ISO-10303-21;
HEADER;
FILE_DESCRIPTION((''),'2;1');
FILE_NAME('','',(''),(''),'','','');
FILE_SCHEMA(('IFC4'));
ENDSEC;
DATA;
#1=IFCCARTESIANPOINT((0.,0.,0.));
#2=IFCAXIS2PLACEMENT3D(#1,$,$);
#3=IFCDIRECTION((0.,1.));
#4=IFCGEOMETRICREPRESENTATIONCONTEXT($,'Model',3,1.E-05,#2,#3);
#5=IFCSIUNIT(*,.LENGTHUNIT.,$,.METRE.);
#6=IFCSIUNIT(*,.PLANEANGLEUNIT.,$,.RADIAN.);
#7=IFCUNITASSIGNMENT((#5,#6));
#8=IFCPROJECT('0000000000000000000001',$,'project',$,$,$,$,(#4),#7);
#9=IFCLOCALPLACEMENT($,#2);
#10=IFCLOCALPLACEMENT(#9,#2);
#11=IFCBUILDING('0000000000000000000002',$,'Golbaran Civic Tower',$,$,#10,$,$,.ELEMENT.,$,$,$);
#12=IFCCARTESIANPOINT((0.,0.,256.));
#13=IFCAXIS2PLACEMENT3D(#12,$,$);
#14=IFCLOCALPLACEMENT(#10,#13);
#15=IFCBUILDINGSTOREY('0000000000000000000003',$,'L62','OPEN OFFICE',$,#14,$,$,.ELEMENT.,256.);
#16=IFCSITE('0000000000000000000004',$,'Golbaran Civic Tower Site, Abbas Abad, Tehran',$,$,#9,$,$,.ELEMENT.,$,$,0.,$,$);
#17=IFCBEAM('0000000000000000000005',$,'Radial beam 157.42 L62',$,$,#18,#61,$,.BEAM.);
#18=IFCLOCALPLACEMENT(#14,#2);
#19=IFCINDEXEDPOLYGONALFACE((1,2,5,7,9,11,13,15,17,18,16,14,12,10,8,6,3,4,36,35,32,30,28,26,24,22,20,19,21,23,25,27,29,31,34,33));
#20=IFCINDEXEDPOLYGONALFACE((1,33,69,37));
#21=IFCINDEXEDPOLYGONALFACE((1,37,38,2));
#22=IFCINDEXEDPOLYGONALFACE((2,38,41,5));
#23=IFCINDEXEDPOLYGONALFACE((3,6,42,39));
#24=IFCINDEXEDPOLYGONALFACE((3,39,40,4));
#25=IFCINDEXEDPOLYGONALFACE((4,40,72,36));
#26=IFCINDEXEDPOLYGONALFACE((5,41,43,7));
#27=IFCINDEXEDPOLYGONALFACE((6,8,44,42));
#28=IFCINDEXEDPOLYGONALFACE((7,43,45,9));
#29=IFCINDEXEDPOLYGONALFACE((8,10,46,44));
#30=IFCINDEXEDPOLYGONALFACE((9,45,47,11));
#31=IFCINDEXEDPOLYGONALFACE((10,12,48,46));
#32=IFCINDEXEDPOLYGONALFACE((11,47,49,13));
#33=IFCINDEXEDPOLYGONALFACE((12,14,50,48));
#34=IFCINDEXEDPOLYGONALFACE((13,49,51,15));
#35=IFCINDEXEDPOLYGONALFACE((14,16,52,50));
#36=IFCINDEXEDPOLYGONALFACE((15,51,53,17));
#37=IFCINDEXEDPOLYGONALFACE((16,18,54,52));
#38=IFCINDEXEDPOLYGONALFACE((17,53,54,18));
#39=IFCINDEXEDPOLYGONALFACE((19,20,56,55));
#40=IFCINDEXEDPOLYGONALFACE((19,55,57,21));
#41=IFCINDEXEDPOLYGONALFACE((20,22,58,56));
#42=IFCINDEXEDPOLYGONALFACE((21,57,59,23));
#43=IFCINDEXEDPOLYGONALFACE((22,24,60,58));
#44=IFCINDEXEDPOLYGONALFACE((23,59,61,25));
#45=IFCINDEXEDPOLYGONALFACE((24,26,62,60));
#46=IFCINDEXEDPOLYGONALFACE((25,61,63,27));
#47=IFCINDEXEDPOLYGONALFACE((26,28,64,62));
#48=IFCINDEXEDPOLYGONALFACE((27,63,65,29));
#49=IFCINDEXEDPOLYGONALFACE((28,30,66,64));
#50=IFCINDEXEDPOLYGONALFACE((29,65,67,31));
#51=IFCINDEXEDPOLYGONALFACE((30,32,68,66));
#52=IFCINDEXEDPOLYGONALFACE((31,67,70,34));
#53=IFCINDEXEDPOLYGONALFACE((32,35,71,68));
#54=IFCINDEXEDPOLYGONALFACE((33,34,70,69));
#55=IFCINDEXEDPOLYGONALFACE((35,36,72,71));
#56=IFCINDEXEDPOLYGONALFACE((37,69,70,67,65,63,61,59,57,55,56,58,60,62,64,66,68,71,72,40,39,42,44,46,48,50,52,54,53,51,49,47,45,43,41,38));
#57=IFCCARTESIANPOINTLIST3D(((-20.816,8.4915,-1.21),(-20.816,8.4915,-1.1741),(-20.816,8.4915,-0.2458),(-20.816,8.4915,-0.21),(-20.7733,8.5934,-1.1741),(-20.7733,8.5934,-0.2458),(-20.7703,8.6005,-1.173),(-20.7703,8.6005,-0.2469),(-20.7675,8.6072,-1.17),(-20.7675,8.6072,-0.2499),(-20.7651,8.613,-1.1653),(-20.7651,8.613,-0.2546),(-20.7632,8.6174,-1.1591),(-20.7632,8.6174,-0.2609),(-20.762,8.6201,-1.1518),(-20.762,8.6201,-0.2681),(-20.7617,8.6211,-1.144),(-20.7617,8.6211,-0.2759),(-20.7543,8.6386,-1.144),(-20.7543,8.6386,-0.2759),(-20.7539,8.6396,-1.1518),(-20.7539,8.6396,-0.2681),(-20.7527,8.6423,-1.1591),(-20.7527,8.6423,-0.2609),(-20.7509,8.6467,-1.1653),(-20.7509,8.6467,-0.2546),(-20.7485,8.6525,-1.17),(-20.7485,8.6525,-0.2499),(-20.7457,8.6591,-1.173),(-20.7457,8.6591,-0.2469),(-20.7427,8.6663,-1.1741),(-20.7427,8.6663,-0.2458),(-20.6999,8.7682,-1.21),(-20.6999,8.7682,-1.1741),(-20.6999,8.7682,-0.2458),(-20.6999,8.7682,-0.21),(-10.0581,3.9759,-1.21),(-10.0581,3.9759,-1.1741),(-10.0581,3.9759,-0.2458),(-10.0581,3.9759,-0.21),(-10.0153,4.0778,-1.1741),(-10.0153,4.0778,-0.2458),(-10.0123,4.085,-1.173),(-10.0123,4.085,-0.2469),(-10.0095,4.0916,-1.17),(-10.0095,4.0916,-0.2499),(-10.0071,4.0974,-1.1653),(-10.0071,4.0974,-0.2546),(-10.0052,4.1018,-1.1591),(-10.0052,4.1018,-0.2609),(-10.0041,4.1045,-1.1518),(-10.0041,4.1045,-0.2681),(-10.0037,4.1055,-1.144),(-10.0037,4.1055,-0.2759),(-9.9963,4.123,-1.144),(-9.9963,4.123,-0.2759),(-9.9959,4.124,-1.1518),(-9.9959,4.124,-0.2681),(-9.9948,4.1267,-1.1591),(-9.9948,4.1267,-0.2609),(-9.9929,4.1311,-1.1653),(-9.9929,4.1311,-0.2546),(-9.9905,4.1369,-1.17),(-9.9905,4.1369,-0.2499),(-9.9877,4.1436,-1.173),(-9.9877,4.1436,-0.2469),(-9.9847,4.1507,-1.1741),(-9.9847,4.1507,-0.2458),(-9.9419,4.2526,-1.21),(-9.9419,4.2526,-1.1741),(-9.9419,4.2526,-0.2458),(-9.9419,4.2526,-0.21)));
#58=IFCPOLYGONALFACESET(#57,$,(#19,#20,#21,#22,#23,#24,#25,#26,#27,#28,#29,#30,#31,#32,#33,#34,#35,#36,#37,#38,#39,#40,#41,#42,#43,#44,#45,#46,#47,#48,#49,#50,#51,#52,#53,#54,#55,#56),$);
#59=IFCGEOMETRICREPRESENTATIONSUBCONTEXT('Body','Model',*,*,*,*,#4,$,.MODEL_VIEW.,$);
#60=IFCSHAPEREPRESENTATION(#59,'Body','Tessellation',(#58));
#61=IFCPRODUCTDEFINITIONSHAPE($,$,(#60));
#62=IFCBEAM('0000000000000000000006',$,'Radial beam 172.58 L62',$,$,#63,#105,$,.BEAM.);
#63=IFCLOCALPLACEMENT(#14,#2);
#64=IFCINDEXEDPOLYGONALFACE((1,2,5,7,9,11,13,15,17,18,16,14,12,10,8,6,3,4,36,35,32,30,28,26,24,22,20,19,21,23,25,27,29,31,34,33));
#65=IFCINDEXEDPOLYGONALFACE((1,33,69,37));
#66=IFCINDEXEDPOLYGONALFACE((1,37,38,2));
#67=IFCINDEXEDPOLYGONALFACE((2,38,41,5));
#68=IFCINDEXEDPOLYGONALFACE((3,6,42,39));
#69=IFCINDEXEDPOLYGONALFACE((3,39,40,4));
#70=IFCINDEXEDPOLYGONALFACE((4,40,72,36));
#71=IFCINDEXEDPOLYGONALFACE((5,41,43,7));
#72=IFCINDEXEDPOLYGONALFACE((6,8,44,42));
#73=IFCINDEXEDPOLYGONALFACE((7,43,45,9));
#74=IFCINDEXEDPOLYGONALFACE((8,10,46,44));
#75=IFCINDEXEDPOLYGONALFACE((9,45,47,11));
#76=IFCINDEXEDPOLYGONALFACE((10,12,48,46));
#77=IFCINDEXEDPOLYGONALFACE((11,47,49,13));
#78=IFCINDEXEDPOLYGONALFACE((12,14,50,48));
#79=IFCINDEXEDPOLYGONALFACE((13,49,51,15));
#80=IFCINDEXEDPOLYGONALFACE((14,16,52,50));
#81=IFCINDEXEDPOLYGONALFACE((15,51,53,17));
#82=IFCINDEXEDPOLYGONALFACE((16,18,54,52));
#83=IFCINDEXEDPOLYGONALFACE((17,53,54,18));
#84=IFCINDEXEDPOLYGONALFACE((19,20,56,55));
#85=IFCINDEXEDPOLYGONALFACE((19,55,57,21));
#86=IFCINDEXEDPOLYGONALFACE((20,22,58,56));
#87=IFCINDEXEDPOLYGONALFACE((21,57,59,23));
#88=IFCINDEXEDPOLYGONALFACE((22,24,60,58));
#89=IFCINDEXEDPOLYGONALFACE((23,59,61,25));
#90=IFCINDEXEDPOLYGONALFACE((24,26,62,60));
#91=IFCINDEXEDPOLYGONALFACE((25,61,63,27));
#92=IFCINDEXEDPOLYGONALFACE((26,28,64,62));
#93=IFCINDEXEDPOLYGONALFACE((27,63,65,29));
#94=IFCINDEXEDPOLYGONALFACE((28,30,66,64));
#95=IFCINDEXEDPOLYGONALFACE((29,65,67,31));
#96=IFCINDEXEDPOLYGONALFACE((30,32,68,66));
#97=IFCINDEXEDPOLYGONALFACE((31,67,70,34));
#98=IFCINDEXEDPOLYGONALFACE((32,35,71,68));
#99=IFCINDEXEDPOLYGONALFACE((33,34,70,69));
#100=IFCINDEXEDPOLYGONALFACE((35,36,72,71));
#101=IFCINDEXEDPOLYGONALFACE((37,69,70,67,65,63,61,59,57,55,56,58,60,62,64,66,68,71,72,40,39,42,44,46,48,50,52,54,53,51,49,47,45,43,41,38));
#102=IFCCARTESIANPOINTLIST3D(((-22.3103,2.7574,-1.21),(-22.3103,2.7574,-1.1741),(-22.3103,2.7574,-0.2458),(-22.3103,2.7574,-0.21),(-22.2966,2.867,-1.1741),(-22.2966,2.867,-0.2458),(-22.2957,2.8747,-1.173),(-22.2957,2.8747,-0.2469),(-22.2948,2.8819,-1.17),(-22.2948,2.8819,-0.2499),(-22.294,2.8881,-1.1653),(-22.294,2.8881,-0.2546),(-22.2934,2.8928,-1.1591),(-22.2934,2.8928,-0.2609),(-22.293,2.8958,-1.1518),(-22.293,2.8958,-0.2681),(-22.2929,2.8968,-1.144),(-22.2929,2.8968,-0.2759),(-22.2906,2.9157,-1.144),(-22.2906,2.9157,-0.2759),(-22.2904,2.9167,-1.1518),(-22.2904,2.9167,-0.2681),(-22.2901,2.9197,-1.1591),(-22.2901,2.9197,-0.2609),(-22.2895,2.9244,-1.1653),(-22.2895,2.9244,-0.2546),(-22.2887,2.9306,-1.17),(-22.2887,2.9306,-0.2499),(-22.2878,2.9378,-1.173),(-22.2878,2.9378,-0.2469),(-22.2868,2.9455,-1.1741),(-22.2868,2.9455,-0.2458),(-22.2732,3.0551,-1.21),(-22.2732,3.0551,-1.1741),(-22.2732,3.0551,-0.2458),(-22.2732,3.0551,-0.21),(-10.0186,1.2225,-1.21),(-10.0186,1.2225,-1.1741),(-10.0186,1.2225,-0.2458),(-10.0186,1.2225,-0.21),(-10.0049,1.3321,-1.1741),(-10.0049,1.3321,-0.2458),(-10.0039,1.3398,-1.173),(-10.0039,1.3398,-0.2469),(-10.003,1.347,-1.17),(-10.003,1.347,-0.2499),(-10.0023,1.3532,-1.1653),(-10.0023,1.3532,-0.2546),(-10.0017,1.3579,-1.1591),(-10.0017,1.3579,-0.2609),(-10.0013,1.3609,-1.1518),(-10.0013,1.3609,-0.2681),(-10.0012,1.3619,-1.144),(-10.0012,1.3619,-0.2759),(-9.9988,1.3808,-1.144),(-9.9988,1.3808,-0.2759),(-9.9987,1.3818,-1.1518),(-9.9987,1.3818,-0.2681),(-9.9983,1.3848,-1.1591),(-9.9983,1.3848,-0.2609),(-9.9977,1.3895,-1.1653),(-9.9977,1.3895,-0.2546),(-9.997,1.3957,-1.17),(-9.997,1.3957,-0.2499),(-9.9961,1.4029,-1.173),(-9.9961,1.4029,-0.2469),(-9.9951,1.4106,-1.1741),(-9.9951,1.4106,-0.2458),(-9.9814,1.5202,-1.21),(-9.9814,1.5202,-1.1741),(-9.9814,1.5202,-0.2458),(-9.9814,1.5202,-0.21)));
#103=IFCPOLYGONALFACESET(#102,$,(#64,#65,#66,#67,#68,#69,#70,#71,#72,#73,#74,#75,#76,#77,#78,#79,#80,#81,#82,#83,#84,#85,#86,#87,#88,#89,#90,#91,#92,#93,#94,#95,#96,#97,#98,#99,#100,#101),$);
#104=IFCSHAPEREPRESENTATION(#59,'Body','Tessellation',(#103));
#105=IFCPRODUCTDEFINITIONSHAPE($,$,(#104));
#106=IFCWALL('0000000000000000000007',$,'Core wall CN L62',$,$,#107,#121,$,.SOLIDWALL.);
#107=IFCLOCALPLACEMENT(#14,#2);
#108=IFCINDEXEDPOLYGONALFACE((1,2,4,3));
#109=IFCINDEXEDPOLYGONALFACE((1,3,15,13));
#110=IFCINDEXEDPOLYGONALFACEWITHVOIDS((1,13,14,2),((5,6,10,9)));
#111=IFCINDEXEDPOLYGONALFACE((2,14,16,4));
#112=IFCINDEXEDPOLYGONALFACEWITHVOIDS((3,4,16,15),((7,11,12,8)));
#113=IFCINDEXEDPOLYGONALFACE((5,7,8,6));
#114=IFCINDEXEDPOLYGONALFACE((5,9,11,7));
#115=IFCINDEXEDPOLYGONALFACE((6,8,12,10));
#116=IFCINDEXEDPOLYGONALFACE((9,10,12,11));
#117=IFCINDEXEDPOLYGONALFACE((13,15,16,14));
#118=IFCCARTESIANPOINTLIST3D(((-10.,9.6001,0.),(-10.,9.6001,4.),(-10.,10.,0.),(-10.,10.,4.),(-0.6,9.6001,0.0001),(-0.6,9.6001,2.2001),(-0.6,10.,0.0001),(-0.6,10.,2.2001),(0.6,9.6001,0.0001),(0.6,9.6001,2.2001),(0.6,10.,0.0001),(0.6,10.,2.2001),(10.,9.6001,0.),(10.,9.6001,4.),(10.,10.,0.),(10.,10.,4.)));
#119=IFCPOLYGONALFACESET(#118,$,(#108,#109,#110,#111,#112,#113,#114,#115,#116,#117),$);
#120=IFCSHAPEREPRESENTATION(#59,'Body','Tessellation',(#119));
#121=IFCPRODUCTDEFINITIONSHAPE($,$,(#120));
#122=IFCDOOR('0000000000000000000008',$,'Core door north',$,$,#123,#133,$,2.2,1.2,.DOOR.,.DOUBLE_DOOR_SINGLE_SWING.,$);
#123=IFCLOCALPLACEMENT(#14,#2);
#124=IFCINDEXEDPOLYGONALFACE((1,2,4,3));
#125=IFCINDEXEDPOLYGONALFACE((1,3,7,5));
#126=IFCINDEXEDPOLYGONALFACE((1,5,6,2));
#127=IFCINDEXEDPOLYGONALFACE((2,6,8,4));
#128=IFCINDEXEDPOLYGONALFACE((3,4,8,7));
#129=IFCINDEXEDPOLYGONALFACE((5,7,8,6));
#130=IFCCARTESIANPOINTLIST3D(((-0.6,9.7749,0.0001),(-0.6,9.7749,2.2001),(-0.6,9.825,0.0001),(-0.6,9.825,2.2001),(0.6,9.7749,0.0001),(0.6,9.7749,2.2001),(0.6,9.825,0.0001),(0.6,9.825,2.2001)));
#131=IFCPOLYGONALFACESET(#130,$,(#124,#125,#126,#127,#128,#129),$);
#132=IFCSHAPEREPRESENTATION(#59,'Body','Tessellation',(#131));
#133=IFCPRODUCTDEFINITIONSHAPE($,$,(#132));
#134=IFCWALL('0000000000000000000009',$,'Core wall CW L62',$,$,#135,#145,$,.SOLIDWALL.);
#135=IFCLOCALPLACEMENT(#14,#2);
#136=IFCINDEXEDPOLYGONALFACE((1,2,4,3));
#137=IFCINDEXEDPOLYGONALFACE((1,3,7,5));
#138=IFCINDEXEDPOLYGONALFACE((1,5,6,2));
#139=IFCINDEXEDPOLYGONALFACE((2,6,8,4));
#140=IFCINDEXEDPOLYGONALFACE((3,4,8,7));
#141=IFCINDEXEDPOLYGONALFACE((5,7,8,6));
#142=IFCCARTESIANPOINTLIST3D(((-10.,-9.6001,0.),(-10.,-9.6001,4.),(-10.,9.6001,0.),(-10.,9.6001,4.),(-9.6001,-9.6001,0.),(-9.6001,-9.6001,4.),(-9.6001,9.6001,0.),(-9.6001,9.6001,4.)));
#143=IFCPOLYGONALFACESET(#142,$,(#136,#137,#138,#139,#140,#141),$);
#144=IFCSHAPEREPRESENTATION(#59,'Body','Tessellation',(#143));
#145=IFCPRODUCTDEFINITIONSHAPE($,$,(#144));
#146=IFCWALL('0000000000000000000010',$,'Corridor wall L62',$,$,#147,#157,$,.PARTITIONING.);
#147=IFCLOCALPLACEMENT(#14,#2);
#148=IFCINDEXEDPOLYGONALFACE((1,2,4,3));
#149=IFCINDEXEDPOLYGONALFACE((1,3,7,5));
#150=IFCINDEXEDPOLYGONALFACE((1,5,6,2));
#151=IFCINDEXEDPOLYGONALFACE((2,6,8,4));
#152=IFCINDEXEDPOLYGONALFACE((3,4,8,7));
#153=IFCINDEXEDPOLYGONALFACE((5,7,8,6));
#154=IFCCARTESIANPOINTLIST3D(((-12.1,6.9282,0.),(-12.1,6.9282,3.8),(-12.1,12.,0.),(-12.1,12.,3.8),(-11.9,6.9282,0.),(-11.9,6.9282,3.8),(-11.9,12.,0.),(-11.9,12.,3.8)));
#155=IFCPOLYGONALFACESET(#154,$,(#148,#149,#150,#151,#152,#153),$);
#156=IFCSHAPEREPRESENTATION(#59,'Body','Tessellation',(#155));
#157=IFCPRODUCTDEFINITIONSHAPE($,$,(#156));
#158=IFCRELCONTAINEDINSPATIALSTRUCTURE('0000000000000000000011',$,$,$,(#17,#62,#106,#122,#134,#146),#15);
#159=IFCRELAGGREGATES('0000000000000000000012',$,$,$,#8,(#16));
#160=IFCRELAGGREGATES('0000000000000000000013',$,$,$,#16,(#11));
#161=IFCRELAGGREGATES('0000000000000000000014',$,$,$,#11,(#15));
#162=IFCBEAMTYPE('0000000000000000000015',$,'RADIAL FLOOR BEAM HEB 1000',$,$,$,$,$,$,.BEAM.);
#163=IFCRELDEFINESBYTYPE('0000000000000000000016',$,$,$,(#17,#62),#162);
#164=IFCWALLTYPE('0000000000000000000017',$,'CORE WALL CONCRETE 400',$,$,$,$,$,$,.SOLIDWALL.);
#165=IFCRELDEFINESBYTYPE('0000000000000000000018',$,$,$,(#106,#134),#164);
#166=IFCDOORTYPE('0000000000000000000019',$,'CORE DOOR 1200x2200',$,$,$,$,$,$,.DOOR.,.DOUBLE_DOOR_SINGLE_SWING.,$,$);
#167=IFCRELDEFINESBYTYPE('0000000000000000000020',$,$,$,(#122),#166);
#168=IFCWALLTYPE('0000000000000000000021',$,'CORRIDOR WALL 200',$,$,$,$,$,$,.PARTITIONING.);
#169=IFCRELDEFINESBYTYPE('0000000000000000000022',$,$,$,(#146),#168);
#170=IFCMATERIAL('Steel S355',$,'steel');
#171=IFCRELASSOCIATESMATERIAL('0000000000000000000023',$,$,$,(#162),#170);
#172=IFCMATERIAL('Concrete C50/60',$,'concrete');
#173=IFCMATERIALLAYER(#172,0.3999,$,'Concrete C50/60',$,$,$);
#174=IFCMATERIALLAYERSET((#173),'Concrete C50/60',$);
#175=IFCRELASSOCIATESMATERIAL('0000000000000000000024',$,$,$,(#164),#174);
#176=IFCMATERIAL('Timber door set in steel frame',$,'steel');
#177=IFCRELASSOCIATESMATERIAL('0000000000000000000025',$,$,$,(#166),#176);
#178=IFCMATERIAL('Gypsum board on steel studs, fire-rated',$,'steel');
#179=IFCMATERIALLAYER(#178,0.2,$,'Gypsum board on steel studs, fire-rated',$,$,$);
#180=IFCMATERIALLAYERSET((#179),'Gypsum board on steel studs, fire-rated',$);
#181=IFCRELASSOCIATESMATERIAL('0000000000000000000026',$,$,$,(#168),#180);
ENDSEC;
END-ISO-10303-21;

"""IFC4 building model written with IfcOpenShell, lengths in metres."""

from ifc_helpers import new_model, si_unit, direction, frame, frame_2d, origin, origin_2d, place, context, subcontext, project, spatial, rectangle, i_section, extrude, material, layer, layer_set, material_profile, profile_set, type_object, element, fill, save


model = new_model("IFC4")

# Units and contexts
model_context = context("Model", 3, precision=1e-05, world=origin(), true_north=direction((0.0, 1.0)))
body_context = subcontext(model_context, "Body", "Model", "MODEL_VIEW")
ifc_project = project(units=[si_unit("LENGTHUNIT", "METRE"), si_unit("PLANEANGLEUNIT", "RADIAN")], contexts=[model_context])

# Site, building, storey
site_placement = place(None, origin())
site = spatial("IfcSite", under=ifc_project, at=site_placement, Name="Golbaran Civic Tower Site, Abbas Abad, Tehran", CompositionType="ELEMENT", RefElevation=0.0)
building_placement = place(site_placement, origin())
building = spatial("IfcBuilding", under=site, at=building_placement, Name="Golbaran Civic Tower", CompositionType="ELEMENT")
storey_placement = place(building_placement, frame((0.0, 0.0, 256.0)))
storey = spatial("IfcBuildingStorey", under=building, at=storey_placement, Name="L62", Description="OPEN OFFICE", CompositionType="ELEMENT", Elevation=256.0)

# Beams
ifc_material_1 = material(Name="Steel S355", Category="steel")
ifc_material_profile = material_profile(ifc_material_1, i_section(OverallWidth=0.3, OverallDepth=1.0, WebThickness=0.019, FlangeThickness=0.0359, FilletRadius=0.03, at=origin_2d()), Name="HEB 1000")
ifc_profile_set = profile_set([ifc_material_profile], Name="Steel S355")
beam_type = type_object("IfcBeamType", Name="RADIAL FLOOR BEAM HEB 1000", PredefinedType="BEAM", material=ifc_profile_set)
beam_1_placement = place(storey_placement, frame((-10.0, 4.1143, -0.71), z_axis=(-0.922067, 0.387031, 0.0), x_axis=(-0.387031, -0.922067, 0.0)))
element("IfcBeam", 1, at=beam_1_placement, inside=storey, type_object=beam_type, Name="Radial beam 157.42 L62", PredefinedType="BEAM", context=body_context, shape_type="SweptSolid", body=[
    extrude(i_section(OverallWidth=0.3, OverallDepth=1.0, WebThickness=0.019, FlangeThickness=0.0359, FilletRadius=0.03, at=origin_2d()), origin(), (0.0, 0.0, 1.0), 11.6672),
])
beam_2_placement = place(storey_placement, frame((-10.0, 1.3713, -0.71), z_axis=(-0.992293, 0.123911, 0.0), x_axis=(-0.123911, -0.992293, 0.0)))
element("IfcBeam", 2, at=beam_2_placement, inside=storey, type_object=beam_type, Name="Radial beam 172.58 L62", PredefinedType="BEAM", context=body_context, shape_type="SweptSolid", body=[
    extrude(i_section(OverallWidth=0.3, OverallDepth=1.0, WebThickness=0.019, FlangeThickness=0.0359, FilletRadius=0.03, at=origin_2d()), origin(), (0.0, 0.0, 1.0), 12.3872),
])

# Wall, opening, door
ifc_material_2 = material(Name="Concrete C50/60", Category="concrete")
ifc_layer_1 = layer(ifc_material_2, 0.3999, Name="Concrete C50/60")
ifc_layer_set_1 = layer_set([ifc_layer_1], Name="Concrete C50/60")
wall_type_1 = type_object("IfcWallType", Name="CORE WALL CONCRETE 400", PredefinedType="SOLIDWALL", material=ifc_layer_set_1)
wall_1_placement = place(storey_placement, frame((-10.0, 9.8, 0.0), z_axis=(0.0, 0.0, 1.0), x_axis=(1.0, 0.0, 0.0)))
wall_1 = element("IfcWall", 3, at=wall_1_placement, inside=storey, type_object=wall_type_1, Name="Core wall CN L62", PredefinedType="SOLIDWALL", context=body_context, shape_type="SweptSolid", body=[
    extrude(rectangle(XDim=20.0, YDim=0.3999, at=frame_2d((10.0, 0.0))), origin(), (0.0, 0.0, 1.0), 4.0),
])
opening_1_placement = place(wall_1_placement, frame((9.3999, 0.0, 0.0)))
opening_1 = element("IfcOpeningElement", 4, at=opening_1_placement, cuts=wall_1, PredefinedType="OPENING", context=body_context, shape_type="SweptSolid", body=[
    extrude(rectangle(XDim=1.2, YDim=2.2, at=frame_2d((0.6001, 1.1001))), frame((0.0, 0.21, 0.0), z_axis=(0.0, -1.0, 0.0), x_axis=(1.0, 0.0, 0.0)), (0.0, 0.0, 1.0), 0.4199),
])
ifc_material_3 = material(Name="Timber door set in steel frame", Category="steel")
door_type_1 = type_object("IfcDoorType", Name="CORE DOOR 1200x2200", OperationType="DOUBLE_DOOR_SINGLE_SWING", PredefinedType="DOOR", material=ifc_material_3)
door_1_placement = place(opening_1_placement, origin())
door_1 = element("IfcDoor", 5, at=door_1_placement, inside=storey, type_object=door_type_1, Name="Core door north", OperationType="DOUBLE_DOOR_SINGLE_SWING", OverallHeight=2.2, OverallWidth=1.2, PredefinedType="DOOR", context=body_context, shape_type="SweptSolid", body=[
    extrude(rectangle(XDim=1.2, YDim=2.2, at=frame_2d((0.6001, 1.1001))), frame((0.0, 0.0249, 0.0), z_axis=(0.0, -1.0, 0.0), x_axis=(1.0, 0.0, 0.0)), (0.0, 0.0, 1.0), 0.05),
])
fill(opening_1, door_1)

# Walls
wall_2_placement = place(storey_placement, frame((-9.8, 9.6001, 0.0), z_axis=(0.0, 0.0, 1.0), x_axis=(0.0, -1.0, 0.0)))
element("IfcWall", 6, at=wall_2_placement, inside=storey, type_object=wall_type_1, Name="Core wall CW L62", PredefinedType="SOLIDWALL", context=body_context, shape_type="SweptSolid", body=[
    extrude(rectangle(XDim=19.2002, YDim=0.3999, at=frame_2d((9.6001, 0.0))), origin(), (0.0, 0.0, 1.0), 4.0),
])
ifc_material_4 = material(Name="Gypsum board on steel studs, fire-rated", Category="steel")
ifc_layer_2 = layer(ifc_material_4, 0.2, Name="Gypsum board on steel studs, fire-rated")
ifc_layer_set_2 = layer_set([ifc_layer_2], Name="Gypsum board on steel studs, fire-rated")
wall_type_2 = type_object("IfcWallType", Name="CORRIDOR WALL 200", PredefinedType="PARTITIONING", material=ifc_layer_set_2)
wall_3_placement = place(storey_placement, frame((-12.0, 12.0, 0.0), z_axis=(0.0, 0.0, 1.0), x_axis=(0.0, -1.0, 0.0)))
element("IfcWall", 7, at=wall_3_placement, inside=storey, type_object=wall_type_2, Name="Corridor wall L62", PredefinedType="PARTITIONING", context=body_context, shape_type="SweptSolid", body=[
    extrude(rectangle(XDim=5.0718, YDim=0.2, at=frame_2d((2.5359, 0.0))), origin(), (0.0, 0.0, 1.0), 3.8),
])

save(model, "model.ifc")
